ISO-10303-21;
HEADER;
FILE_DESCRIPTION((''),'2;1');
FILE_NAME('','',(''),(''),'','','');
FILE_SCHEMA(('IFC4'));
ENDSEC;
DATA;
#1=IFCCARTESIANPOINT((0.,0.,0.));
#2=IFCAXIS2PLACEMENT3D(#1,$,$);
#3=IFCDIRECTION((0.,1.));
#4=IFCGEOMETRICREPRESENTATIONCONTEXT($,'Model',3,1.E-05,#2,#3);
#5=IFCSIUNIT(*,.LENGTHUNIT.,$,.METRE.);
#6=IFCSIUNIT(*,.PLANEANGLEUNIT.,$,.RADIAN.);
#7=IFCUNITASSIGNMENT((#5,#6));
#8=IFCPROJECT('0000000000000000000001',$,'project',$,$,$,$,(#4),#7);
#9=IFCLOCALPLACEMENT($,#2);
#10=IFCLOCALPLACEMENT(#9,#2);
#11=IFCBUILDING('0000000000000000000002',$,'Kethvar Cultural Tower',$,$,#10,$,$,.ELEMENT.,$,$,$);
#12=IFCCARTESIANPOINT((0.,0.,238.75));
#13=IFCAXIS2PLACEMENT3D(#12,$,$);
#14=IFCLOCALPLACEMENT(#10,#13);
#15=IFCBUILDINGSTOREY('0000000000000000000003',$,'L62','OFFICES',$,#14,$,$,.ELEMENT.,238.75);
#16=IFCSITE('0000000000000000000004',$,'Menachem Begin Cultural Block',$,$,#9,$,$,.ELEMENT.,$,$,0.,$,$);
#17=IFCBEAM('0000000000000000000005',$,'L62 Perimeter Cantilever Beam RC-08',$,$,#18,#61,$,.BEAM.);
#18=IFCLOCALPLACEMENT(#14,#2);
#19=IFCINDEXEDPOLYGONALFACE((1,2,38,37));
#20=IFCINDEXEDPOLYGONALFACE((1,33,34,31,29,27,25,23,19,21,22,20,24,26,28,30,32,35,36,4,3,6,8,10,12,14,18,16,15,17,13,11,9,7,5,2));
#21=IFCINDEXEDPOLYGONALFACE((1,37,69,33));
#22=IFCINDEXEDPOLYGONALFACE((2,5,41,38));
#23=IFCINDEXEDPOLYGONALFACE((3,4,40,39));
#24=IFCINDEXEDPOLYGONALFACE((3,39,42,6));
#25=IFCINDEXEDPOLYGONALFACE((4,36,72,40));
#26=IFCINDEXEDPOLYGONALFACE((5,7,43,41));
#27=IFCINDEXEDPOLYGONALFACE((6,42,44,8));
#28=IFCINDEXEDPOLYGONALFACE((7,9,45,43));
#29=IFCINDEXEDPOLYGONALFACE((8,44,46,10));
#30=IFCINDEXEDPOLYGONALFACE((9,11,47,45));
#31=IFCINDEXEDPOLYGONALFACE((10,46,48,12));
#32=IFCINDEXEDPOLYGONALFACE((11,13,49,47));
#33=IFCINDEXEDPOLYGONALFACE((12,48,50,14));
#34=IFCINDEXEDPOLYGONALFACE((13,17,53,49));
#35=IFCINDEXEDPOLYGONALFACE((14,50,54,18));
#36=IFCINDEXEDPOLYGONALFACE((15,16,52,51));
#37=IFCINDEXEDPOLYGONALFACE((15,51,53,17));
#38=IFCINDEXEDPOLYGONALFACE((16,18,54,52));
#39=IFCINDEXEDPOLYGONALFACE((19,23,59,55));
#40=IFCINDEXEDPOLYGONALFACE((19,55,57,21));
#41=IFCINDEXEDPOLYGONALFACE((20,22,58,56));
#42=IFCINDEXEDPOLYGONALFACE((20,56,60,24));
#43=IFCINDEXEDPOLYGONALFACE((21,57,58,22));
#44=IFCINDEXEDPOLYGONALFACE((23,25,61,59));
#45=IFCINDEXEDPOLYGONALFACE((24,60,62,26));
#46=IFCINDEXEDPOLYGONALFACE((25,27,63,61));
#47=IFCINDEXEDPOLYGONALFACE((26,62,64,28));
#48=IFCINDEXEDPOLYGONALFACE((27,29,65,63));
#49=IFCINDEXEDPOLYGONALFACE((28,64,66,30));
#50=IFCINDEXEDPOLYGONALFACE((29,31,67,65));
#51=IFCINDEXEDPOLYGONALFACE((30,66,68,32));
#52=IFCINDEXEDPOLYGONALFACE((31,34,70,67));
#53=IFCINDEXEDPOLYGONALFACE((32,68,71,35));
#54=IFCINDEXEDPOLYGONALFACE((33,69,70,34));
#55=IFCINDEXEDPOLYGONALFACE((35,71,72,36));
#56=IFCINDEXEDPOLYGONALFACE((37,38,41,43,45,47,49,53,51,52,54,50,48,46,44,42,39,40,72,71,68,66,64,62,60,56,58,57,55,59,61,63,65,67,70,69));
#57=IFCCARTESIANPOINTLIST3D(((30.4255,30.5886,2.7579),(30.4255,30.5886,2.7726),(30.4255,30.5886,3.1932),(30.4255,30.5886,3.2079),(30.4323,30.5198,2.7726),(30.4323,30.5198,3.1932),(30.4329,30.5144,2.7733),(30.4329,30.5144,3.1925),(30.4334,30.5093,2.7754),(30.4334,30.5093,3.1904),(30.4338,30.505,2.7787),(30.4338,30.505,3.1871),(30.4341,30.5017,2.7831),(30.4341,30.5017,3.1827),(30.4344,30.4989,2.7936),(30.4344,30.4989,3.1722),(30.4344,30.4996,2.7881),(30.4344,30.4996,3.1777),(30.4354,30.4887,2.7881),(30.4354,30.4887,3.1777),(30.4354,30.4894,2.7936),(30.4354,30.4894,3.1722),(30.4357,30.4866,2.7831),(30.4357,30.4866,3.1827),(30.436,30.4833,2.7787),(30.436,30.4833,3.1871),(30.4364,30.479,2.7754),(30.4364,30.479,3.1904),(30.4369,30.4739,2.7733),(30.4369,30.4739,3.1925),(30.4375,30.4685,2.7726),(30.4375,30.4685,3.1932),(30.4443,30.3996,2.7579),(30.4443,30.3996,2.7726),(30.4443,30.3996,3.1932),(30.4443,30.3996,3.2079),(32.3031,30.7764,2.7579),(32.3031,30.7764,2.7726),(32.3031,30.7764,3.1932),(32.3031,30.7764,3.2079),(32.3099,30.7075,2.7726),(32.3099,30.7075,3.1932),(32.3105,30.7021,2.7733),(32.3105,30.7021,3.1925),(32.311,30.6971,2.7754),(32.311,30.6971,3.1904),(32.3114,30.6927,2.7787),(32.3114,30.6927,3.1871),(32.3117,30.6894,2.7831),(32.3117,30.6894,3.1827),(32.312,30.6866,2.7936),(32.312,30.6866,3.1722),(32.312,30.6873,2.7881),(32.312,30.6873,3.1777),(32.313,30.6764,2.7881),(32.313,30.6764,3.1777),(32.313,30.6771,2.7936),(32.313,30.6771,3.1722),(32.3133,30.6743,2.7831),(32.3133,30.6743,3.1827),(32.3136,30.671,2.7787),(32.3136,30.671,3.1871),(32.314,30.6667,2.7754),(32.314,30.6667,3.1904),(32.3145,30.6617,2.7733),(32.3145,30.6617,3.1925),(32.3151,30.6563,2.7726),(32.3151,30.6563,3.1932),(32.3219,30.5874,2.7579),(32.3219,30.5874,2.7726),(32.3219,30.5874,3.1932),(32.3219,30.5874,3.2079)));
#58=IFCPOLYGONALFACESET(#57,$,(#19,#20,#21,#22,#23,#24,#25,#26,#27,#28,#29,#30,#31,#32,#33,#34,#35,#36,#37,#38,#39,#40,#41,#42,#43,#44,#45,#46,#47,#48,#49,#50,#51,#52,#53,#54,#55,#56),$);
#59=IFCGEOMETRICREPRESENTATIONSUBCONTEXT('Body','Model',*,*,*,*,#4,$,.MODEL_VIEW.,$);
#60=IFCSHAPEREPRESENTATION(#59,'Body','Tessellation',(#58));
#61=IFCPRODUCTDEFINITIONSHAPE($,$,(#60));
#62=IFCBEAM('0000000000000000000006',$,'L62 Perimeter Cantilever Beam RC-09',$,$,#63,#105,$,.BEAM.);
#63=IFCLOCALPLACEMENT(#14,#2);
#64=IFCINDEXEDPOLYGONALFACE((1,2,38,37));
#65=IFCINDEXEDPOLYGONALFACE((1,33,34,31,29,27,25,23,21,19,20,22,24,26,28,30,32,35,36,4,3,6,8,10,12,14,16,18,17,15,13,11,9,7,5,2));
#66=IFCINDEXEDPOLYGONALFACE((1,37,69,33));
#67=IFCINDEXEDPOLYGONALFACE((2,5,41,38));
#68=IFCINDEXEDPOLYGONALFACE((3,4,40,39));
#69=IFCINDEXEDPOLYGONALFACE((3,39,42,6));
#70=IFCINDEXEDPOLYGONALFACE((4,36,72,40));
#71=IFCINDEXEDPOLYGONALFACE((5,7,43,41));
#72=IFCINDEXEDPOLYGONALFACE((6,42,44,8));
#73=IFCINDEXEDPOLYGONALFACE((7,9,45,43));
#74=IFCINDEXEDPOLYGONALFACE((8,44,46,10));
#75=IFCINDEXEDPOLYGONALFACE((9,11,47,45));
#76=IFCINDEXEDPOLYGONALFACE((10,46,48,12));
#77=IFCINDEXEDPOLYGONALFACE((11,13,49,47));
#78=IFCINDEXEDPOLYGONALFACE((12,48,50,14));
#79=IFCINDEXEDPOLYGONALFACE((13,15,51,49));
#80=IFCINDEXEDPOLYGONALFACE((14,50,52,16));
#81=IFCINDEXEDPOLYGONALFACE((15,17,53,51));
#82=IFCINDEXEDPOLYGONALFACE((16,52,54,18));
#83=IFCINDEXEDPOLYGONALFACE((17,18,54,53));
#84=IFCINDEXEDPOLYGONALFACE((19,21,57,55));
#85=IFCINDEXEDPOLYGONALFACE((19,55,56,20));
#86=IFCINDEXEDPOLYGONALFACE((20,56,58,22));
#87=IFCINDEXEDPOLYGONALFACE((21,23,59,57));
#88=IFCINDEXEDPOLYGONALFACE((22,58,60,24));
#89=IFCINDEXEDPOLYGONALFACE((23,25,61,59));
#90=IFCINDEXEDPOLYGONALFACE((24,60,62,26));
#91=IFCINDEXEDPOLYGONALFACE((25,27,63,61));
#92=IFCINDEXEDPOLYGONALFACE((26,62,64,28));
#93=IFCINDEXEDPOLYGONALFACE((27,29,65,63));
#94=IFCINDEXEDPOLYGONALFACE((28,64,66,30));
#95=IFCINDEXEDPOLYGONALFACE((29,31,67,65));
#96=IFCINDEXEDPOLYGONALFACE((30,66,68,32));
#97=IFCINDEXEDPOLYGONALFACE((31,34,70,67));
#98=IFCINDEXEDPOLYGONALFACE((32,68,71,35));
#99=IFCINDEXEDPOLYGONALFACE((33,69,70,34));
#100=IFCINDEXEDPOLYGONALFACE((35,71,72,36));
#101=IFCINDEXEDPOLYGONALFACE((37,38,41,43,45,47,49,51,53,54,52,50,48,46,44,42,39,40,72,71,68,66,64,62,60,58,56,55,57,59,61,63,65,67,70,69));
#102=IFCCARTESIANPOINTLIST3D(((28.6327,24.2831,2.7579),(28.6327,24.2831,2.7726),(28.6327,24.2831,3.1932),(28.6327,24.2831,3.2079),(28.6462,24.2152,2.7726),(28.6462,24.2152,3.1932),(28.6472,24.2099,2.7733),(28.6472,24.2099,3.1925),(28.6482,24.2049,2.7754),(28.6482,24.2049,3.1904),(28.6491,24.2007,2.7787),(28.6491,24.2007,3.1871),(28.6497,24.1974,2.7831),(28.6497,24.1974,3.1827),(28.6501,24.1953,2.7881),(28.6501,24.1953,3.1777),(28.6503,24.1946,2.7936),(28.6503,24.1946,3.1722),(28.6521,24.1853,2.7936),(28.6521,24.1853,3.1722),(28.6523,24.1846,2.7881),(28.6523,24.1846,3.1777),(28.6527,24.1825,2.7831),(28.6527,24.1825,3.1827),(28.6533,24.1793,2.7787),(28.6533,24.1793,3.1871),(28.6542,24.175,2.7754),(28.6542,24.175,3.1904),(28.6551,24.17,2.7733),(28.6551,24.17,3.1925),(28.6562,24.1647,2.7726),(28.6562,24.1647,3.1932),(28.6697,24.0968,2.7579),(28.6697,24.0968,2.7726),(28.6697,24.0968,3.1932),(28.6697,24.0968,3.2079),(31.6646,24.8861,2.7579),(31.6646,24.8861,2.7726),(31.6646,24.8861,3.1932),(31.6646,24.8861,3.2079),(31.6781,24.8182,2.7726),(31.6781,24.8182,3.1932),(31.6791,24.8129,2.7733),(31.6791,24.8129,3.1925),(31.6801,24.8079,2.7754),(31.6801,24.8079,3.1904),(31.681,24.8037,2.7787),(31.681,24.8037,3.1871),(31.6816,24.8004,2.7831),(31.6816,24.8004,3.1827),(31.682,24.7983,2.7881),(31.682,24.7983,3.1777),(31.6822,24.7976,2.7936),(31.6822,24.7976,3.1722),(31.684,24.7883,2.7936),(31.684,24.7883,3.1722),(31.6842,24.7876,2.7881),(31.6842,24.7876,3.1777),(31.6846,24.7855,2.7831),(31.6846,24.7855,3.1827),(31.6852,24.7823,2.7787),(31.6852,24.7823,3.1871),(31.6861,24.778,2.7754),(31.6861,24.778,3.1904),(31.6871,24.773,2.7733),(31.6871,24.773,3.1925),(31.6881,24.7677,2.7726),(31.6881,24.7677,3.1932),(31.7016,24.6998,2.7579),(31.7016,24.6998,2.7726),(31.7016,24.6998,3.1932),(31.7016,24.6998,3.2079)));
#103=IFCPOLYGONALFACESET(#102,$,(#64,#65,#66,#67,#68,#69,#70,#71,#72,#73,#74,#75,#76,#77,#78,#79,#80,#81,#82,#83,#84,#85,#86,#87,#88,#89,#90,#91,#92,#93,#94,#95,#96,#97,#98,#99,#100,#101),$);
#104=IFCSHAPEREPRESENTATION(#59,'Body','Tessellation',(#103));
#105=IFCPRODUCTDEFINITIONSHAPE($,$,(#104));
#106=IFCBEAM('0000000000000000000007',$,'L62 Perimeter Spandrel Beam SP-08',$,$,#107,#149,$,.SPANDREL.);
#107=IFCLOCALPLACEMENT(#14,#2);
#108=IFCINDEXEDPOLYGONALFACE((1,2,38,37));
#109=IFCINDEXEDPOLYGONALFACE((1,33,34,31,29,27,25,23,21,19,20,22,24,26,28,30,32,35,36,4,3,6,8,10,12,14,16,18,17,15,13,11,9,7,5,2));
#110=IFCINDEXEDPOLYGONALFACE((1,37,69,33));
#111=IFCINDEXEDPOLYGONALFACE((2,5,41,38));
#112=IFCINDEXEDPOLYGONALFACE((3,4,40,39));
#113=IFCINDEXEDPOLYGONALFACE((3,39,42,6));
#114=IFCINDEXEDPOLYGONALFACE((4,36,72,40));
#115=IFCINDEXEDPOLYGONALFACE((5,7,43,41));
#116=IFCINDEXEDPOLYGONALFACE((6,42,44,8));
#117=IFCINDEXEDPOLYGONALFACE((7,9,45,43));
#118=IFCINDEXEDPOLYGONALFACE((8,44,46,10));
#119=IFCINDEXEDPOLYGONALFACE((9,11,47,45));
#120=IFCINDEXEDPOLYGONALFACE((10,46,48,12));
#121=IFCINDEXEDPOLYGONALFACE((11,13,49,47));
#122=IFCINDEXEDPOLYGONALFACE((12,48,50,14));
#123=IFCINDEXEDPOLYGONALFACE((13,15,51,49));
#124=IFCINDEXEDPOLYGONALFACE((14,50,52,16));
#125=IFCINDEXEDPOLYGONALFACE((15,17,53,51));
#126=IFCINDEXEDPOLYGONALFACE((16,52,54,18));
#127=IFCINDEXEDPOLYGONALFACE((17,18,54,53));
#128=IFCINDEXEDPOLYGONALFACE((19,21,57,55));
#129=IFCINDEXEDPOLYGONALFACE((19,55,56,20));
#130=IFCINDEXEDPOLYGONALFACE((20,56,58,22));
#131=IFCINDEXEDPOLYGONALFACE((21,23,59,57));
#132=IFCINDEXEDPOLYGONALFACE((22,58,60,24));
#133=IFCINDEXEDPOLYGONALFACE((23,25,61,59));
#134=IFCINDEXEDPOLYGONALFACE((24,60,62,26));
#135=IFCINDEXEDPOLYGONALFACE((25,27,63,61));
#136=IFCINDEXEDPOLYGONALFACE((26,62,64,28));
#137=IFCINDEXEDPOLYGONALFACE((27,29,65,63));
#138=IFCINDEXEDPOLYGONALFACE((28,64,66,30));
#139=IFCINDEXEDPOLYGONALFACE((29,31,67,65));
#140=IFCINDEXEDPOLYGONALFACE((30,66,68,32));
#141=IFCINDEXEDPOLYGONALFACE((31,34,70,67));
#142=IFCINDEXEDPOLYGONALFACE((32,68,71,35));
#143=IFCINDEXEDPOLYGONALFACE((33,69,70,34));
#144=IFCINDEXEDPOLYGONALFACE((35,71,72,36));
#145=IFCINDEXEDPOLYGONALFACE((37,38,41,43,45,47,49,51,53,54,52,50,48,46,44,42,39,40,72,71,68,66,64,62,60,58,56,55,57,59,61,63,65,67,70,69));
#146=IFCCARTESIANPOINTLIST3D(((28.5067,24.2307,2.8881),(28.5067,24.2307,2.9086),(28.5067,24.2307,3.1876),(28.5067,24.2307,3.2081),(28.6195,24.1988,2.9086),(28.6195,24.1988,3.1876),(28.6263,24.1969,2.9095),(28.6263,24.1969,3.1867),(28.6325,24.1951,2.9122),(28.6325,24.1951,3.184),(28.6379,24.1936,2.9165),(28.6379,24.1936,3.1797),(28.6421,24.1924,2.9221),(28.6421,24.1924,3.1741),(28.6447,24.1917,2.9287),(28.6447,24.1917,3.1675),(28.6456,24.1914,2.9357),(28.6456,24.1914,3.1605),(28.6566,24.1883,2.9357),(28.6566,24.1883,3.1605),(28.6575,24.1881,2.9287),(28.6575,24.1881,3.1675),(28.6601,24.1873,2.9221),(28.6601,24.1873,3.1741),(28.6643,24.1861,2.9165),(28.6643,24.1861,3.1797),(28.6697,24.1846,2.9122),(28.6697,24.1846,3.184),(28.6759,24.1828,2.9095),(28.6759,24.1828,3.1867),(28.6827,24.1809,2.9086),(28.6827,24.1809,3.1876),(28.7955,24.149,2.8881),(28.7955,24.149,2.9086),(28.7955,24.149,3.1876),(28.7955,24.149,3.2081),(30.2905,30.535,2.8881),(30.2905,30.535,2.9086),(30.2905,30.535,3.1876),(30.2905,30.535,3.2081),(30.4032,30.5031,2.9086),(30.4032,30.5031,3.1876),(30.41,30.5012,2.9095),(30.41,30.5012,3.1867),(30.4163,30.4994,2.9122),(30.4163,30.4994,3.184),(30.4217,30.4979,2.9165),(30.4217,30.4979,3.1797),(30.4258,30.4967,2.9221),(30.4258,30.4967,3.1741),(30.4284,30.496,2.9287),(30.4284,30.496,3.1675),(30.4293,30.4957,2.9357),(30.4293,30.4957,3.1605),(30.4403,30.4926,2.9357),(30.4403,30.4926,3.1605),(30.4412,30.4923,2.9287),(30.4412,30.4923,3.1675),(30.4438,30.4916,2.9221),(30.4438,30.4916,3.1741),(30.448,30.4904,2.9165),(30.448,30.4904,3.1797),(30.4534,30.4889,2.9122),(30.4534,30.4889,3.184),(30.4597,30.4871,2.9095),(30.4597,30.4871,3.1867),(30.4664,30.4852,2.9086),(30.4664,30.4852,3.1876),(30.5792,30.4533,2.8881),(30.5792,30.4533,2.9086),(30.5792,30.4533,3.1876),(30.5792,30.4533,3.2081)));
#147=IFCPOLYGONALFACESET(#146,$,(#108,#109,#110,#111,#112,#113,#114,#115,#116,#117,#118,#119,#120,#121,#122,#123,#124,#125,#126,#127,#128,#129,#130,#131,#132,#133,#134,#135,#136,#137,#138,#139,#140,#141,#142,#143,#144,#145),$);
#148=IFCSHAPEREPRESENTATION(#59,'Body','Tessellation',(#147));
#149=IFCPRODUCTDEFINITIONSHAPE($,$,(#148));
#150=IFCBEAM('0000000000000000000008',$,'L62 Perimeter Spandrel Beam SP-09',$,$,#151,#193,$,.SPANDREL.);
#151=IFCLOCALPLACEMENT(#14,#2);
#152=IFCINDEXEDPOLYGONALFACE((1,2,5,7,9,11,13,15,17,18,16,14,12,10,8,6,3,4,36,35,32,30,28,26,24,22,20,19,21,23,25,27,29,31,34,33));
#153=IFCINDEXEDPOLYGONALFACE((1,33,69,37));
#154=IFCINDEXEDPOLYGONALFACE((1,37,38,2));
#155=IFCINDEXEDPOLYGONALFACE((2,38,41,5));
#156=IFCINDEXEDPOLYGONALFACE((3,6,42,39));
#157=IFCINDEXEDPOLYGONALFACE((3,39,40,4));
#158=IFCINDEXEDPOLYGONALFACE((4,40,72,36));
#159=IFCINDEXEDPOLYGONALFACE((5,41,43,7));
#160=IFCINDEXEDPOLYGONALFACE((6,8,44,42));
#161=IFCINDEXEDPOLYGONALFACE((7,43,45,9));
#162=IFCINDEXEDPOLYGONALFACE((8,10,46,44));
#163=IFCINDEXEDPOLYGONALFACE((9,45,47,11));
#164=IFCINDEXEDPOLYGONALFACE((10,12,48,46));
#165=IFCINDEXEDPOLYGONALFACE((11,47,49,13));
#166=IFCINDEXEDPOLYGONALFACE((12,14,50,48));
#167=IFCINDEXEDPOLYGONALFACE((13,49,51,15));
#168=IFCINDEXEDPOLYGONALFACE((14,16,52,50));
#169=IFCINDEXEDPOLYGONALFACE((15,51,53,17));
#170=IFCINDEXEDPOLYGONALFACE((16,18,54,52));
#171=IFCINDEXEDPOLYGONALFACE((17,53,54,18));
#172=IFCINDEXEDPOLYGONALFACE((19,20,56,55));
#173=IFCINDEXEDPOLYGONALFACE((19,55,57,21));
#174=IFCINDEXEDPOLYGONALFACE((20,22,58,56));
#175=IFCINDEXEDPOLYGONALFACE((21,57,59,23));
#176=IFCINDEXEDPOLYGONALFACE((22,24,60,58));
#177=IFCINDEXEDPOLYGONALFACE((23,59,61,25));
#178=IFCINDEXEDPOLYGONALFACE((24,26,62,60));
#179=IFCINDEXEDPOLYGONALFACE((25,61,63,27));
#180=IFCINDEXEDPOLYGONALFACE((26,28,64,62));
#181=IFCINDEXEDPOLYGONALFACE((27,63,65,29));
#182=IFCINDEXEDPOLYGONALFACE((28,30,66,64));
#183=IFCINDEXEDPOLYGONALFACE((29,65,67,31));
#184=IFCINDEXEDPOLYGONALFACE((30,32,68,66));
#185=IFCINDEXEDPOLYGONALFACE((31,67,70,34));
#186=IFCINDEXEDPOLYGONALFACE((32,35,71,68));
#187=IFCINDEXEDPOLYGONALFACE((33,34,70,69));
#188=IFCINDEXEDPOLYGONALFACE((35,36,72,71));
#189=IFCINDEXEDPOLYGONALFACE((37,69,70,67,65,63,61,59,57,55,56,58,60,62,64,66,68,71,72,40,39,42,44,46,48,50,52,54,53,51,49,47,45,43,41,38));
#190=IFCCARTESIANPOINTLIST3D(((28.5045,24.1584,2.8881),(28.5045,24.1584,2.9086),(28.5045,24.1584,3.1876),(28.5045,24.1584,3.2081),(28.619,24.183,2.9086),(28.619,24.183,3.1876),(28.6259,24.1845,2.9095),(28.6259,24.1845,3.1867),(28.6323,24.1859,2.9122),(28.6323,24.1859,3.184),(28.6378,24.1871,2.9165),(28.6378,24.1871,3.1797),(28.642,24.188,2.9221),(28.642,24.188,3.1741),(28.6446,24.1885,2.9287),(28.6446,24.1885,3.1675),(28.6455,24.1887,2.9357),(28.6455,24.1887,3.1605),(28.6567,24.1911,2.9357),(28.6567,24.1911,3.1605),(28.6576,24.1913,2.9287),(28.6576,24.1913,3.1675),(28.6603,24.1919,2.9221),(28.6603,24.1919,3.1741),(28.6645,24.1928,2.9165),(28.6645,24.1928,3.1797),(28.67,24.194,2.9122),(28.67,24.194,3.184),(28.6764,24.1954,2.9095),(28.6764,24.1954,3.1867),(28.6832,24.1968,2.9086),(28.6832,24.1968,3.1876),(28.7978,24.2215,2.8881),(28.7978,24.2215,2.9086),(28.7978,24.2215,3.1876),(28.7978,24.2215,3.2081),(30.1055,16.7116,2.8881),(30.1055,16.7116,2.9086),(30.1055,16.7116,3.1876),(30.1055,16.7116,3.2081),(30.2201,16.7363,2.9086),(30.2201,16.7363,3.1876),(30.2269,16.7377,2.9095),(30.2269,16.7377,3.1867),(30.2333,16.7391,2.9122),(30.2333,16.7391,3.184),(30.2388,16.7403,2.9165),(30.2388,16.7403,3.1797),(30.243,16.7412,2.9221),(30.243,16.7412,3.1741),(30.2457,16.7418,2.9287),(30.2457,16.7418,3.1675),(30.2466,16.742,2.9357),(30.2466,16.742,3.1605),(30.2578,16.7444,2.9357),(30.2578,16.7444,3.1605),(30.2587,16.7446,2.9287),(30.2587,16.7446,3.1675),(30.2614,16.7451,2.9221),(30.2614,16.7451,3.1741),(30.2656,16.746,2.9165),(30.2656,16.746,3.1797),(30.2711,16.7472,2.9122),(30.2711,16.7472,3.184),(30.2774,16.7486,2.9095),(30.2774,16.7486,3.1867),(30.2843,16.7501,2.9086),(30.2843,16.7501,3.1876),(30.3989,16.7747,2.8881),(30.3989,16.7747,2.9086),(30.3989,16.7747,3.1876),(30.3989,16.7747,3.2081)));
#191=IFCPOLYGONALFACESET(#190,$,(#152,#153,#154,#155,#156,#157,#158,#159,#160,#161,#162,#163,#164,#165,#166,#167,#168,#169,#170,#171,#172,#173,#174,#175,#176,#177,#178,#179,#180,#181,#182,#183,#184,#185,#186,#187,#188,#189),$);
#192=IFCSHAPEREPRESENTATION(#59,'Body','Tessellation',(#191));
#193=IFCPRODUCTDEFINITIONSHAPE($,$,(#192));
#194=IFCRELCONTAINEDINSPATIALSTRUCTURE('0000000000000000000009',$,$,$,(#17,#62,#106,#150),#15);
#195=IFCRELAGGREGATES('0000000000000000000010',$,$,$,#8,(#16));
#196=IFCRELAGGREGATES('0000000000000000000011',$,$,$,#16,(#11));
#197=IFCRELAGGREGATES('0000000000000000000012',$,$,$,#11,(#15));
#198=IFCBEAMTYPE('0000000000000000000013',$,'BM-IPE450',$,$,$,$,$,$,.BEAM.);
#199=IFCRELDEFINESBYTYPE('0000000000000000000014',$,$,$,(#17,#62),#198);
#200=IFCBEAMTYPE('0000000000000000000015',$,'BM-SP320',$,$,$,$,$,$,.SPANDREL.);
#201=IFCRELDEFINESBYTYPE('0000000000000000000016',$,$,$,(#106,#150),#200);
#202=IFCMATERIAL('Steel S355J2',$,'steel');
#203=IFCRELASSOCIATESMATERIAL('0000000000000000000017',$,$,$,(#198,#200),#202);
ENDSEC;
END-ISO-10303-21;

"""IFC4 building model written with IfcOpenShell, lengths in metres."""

from ifc_helpers import new_model, si_unit, direction, frame, origin, origin_2d, place, context, subcontext, project, spatial, i_section, extrude, source, transform, mapped, material, material_profile, profile_set, type_object, element, save


model = new_model("IFC4")

# Units and contexts
model_context = context("Model", 3, precision=1e-05, world=origin(), true_north=direction((0.0, 1.0)))
body_context = subcontext(model_context, "Body", "Model", "MODEL_VIEW")
ifc_project = project(units=[si_unit("LENGTHUNIT", "METRE"), si_unit("PLANEANGLEUNIT", "RADIAN")], contexts=[model_context])

# Site, building, storey
site_placement = place(None, origin())
site = spatial("IfcSite", under=ifc_project, at=site_placement, Name="Menachem Begin Cultural Block", CompositionType="ELEMENT", RefElevation=0.0)
building_placement = place(site_placement, origin())
building = spatial("IfcBuilding", under=site, at=building_placement, Name="Kethvar Cultural Tower", CompositionType="ELEMENT")
storey_placement = place(building_placement, frame((0.0, 0.0, 238.75)))
storey = spatial("IfcBuildingStorey", under=building, at=storey_placement, Name="L62", Description="OFFICES", CompositionType="ELEMENT", Elevation=238.75)

# Beams
ifc_material_1 = material(Name="Steel S355J2", Category="steel")
ifc_material_profile_1 = material_profile(ifc_material_1, i_section(OverallWidth=0.1899, OverallDepth=0.45, WebThickness=0.0095, FlangeThickness=0.0146, FilletRadius=0.021, at=origin_2d()), Name="Steel S355J2 — IPE450")
ifc_profile_set_1 = profile_set([ifc_material_profile_1], Name="Steel S355J2 — IPE450")
beam_type_1 = type_object("IfcBeamType", Name="BM-IPE450", PredefinedType="BEAM", material=ifc_profile_set_1)
shared_shape_1 = source(origin(), body_context, "Body", "SweptSolid", [
    extrude(i_section(OverallWidth=0.1899, OverallDepth=0.45, WebThickness=0.0095, FlangeThickness=0.0146, FilletRadius=0.021, at=origin_2d()), origin(), (0.0, 0.0, 1.0), 1.887),
])
beam_1_placement = place(storey_placement, frame((32.3125, 30.6819, 2.9829), z_axis=(-0.995038, -0.099491, 0.0), x_axis=(0.099491, -0.995038, 0.0)))
element("IfcBeam", 1, at=beam_1_placement, inside=storey, type_object=beam_type_1, Name="L62 Perimeter Cantilever Beam RC-08", PredefinedType="BEAM", context=body_context, shape_type="MappedRepresentation", body=[
    mapped(shared_shape_1, transform((0.0, 0.0, 0.0), scale=1.0)),
])
shared_shape_2 = source(origin(), body_context, "Body", "SweptSolid", [
    extrude(i_section(OverallWidth=0.1899, OverallDepth=0.45, WebThickness=0.0095, FlangeThickness=0.0146, FilletRadius=0.021, at=origin_2d()), origin(), (0.0, 0.0, 1.0), 3.0913),
])
beam_2_placement = place(storey_placement, frame((31.6831, 24.793, 2.9829), z_axis=(-0.98079, -0.195068, 0.0), x_axis=(0.195068, -0.98079, 0.0)))
element("IfcBeam", 2, at=beam_2_placement, inside=storey, type_object=beam_type_1, Name="L62 Perimeter Cantilever Beam RC-09", PredefinedType="BEAM", context=body_context, shape_type="MappedRepresentation", body=[
    mapped(shared_shape_2, transform((0.0, 0.0, 0.0), scale=1.0)),
])
ifc_material_profile_2 = material_profile(ifc_material_1, i_section(OverallWidth=0.3, OverallDepth=0.3201, WebThickness=0.0115, FlangeThickness=0.0205, FilletRadius=0.0271, at=origin_2d()), Name="Steel S355J2 — HEB320")
ifc_profile_set_2 = profile_set([ifc_material_profile_2], Name="Steel S355J2 — HEB320")
beam_type_2 = type_object("IfcBeamType", Name="BM-SP320", PredefinedType="SPANDREL", material=ifc_profile_set_2)
shared_shape_3 = source(origin(), body_context, "Body", "SweptSolid", [
    extrude(i_section(OverallWidth=0.3, OverallDepth=0.3201, WebThickness=0.0115, FlangeThickness=0.0205, FilletRadius=0.0271, at=origin_2d()), origin(), (0.0, 0.0, 1.0), 6.5518),
])
beam_3_placement = place(storey_placement, frame((30.4348, 30.4941, 3.0481), z_axis=(-0.27225, -0.962227, 0.0), x_axis=(0.962227, -0.27225, 0.0)))
element("IfcBeam", 3, at=beam_3_placement, inside=storey, type_object=beam_type_2, Name="L62 Perimeter Spandrel Beam SP-08", PredefinedType="SPANDREL", context=body_context, shape_type="MappedRepresentation", body=[
    mapped(shared_shape_3, transform((0.0, 0.0, 0.0), scale=1.0)),
])
shared_shape_4 = source(origin(), body_context, "Body", "SweptSolid", [
    extrude(i_section(OverallWidth=0.3, OverallDepth=0.3201, WebThickness=0.0115, FlangeThickness=0.0205, FilletRadius=0.0271, at=origin_2d()), origin(), (0.0, 0.0, 1.0), 7.6169),
])
beam_4_placement = place(storey_placement, frame((28.6511, 24.1899, 3.0481), z_axis=(0.210199, -0.977659, 0.0), x_axis=(0.977659, 0.210199, 0.0)))
element("IfcBeam", 4, at=beam_4_placement, inside=storey, type_object=beam_type_2, Name="L62 Perimeter Spandrel Beam SP-09", PredefinedType="SPANDREL", context=body_context, shape_type="MappedRepresentation", body=[
    mapped(shared_shape_4, transform((0.0, 0.0, 0.0), scale=1.0)),
])

save(model, "model.ifc")
